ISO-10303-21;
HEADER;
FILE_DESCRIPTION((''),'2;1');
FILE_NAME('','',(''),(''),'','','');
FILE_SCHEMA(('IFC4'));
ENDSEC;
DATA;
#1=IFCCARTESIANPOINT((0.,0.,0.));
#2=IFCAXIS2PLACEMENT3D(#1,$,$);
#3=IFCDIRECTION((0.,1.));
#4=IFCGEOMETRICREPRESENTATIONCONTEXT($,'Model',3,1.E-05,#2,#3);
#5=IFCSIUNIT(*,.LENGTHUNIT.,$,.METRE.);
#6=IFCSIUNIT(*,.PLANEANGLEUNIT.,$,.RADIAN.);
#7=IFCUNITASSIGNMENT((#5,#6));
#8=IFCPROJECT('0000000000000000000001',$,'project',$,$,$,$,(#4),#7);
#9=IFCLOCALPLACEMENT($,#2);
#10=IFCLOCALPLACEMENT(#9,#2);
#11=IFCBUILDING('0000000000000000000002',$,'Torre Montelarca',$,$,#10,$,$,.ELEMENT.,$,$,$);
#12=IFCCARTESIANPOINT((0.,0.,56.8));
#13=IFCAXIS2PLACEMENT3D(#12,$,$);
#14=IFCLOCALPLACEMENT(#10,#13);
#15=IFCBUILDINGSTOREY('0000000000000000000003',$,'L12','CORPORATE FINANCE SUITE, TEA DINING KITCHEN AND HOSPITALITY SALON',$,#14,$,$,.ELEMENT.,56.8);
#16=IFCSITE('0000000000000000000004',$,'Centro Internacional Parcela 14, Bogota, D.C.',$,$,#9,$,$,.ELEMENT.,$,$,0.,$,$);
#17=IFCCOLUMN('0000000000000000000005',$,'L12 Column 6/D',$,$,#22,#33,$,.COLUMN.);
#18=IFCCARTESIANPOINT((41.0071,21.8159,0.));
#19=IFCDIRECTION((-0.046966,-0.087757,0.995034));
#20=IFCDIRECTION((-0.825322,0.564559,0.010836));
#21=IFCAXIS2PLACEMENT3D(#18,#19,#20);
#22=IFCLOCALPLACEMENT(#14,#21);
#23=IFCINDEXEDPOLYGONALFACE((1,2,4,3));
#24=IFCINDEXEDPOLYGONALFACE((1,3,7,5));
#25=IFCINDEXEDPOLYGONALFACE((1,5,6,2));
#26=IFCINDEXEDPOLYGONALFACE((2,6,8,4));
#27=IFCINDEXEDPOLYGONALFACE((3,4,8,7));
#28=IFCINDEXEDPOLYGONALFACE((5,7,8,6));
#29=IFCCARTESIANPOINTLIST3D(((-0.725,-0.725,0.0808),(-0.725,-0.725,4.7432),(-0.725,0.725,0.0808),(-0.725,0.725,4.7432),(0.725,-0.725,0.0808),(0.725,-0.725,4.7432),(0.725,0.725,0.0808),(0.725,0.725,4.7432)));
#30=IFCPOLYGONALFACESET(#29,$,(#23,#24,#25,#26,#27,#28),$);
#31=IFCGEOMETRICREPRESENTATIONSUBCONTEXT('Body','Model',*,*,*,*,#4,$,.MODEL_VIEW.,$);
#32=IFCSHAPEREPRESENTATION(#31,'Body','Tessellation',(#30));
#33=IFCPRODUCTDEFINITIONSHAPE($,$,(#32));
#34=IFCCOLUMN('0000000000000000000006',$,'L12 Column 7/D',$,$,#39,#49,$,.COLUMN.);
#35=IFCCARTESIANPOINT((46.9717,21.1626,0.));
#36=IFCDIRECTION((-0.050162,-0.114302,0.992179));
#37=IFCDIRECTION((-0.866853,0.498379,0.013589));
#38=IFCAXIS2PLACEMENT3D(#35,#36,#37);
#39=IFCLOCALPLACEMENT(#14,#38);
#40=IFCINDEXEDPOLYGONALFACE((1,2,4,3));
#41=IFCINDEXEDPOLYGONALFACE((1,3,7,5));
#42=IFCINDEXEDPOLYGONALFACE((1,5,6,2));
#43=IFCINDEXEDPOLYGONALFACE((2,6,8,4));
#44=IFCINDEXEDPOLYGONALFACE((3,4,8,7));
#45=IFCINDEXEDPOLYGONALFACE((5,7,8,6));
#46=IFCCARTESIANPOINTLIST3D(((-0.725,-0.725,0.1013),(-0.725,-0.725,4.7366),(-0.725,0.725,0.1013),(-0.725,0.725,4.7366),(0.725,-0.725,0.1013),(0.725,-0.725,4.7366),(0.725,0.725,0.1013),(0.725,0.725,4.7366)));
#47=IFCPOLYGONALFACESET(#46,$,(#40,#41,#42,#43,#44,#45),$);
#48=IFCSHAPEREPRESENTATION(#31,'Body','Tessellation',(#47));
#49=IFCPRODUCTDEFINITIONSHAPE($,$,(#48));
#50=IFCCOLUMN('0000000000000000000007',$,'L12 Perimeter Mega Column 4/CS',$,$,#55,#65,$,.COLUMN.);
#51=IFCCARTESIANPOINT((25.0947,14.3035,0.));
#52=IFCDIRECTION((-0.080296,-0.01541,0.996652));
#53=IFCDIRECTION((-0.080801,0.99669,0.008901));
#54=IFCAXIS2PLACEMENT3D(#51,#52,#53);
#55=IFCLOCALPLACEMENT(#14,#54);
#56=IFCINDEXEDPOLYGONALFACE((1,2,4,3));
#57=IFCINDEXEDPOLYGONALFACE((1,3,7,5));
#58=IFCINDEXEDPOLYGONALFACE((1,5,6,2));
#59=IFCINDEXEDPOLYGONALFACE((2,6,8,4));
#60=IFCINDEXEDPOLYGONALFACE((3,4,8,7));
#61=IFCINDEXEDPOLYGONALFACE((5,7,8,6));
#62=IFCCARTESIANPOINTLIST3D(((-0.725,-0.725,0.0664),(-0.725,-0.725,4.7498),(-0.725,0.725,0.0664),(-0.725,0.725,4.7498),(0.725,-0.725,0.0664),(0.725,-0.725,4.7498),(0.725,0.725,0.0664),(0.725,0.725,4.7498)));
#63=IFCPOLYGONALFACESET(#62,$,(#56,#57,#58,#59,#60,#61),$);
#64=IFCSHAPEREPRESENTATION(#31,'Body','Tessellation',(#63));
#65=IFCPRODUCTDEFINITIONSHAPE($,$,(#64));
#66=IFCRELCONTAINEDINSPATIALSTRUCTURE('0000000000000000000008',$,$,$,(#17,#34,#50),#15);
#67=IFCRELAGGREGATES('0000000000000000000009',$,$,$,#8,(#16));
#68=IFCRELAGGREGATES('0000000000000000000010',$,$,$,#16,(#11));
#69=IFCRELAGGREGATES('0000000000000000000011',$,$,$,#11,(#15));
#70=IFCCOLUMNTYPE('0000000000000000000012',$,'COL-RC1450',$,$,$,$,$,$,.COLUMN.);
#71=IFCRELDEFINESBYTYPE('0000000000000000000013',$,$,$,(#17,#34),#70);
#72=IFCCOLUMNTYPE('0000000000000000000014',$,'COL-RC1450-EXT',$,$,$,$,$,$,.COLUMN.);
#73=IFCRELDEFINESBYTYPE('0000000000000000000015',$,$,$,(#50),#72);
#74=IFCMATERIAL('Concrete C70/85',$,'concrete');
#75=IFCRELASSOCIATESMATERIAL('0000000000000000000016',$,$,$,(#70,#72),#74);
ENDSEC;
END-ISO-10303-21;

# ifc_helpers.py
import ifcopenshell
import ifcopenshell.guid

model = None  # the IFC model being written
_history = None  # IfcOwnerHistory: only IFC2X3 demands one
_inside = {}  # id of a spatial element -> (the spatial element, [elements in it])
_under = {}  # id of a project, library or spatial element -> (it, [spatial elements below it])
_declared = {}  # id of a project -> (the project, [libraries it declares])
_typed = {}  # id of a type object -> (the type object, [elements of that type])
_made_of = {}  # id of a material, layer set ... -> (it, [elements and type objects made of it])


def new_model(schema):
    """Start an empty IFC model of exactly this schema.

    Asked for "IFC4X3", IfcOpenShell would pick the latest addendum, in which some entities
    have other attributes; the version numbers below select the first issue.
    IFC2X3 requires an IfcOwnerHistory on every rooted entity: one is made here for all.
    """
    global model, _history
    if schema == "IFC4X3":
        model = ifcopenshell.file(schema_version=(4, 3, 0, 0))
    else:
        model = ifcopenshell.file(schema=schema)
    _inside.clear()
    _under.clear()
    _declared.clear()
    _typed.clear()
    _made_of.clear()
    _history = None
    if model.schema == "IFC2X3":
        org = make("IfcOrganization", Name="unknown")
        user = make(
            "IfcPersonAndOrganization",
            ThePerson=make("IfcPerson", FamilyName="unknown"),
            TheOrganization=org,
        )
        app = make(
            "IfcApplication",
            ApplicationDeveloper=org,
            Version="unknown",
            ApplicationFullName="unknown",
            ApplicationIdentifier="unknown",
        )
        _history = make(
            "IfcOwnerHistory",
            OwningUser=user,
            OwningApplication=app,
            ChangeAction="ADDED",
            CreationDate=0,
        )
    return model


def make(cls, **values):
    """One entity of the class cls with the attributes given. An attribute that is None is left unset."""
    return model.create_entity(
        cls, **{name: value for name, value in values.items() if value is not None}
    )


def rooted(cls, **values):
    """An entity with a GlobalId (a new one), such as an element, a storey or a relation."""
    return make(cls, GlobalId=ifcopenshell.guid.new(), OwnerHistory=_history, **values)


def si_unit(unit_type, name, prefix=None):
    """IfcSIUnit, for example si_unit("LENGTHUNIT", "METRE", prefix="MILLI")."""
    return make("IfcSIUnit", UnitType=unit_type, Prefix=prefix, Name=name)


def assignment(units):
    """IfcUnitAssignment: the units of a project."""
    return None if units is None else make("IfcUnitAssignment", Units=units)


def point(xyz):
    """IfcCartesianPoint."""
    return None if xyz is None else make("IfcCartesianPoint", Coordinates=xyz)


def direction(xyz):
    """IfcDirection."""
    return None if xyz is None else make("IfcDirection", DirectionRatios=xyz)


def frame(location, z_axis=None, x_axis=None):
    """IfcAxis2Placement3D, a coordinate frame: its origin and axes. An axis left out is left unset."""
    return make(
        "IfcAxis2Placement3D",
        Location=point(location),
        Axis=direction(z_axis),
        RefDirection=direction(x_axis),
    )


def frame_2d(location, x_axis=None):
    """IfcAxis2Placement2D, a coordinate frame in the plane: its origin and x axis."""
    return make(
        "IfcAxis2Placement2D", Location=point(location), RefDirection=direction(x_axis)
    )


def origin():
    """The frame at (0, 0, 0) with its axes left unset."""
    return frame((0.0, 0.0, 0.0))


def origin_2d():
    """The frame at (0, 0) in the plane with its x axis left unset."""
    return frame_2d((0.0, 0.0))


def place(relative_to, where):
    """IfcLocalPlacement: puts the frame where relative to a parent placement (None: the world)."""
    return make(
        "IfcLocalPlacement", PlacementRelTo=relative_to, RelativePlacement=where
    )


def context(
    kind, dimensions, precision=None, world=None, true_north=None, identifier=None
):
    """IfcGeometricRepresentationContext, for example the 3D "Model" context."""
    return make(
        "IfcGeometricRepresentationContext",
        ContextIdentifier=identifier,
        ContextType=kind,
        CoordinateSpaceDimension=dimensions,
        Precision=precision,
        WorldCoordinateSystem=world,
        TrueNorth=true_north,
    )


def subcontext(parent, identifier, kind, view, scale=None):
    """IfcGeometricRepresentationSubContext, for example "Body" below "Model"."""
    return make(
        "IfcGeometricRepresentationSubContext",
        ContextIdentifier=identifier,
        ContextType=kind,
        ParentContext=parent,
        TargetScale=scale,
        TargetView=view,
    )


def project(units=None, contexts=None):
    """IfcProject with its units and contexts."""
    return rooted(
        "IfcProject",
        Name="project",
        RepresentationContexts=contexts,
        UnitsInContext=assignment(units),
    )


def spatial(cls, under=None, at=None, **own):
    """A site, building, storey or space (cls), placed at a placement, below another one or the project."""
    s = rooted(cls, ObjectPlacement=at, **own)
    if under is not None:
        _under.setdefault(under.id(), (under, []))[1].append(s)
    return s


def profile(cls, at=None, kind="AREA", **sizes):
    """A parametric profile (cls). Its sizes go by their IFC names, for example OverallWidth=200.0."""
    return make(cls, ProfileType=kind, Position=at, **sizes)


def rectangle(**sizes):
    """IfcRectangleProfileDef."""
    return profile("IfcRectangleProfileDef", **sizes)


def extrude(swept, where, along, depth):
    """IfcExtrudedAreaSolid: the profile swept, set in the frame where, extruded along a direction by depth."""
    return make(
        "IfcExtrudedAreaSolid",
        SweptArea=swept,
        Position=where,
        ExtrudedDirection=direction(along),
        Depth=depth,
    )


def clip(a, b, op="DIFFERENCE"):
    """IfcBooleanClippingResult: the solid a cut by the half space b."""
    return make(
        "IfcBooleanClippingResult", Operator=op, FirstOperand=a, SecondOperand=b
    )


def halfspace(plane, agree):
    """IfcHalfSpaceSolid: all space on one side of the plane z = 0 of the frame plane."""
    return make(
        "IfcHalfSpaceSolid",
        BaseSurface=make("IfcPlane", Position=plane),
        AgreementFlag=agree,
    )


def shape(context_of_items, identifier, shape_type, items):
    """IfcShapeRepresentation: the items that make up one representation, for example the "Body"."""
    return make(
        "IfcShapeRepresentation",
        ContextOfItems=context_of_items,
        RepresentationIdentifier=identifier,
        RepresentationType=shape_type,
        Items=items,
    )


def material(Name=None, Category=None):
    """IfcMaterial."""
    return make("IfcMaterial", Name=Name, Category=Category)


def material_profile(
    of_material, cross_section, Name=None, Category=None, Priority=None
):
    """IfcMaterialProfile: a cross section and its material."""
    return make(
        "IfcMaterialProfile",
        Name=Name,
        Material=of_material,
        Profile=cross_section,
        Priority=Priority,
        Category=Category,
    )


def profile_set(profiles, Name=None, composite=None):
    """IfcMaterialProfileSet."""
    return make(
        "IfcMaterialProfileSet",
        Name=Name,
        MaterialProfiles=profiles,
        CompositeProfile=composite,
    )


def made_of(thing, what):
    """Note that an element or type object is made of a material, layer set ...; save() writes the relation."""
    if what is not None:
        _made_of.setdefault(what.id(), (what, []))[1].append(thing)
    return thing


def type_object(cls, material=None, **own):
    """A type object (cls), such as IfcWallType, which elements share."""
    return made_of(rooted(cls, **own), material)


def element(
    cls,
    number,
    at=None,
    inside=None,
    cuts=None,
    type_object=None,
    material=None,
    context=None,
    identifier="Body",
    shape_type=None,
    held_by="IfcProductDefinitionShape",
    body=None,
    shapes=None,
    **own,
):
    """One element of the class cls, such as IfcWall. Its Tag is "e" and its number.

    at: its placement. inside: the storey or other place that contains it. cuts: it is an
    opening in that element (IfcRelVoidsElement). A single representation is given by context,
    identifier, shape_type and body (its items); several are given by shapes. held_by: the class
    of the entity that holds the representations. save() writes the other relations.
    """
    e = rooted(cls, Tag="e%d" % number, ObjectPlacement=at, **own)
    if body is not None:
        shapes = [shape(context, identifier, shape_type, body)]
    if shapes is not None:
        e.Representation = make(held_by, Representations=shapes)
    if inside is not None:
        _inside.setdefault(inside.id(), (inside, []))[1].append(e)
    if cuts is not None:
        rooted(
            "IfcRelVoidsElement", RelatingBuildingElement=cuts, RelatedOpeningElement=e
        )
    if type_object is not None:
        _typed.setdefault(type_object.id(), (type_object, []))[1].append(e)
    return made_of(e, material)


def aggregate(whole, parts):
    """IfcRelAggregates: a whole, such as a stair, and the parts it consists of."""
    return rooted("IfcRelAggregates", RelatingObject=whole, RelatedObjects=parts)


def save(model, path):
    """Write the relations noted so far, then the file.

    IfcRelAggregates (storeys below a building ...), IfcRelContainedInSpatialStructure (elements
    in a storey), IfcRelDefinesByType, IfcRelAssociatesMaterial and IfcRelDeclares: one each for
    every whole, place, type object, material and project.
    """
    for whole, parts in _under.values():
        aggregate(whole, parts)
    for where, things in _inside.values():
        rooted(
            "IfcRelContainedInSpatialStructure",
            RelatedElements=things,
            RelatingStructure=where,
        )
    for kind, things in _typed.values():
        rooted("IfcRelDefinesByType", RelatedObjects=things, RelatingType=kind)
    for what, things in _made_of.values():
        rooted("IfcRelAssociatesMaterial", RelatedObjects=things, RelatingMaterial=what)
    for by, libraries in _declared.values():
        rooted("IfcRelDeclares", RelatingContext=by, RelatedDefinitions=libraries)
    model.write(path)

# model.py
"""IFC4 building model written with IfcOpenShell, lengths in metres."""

from ifc_helpers import new_model, si_unit, direction, frame, origin, origin_2d, place, context, subcontext, project, spatial, rectangle, extrude, clip, halfspace, material, material_profile, profile_set, type_object, element, save


model = new_model("IFC4")

# Units and contexts
model_context = context("Model", 3, precision=1e-05, world=origin(), true_north=direction((0.0, 1.0)))
body_context = subcontext(model_context, "Body", "Model", "MODEL_VIEW")
ifc_project = project(units=[si_unit("LENGTHUNIT", "METRE"), si_unit("PLANEANGLEUNIT", "RADIAN")], contexts=[model_context])

# Site, building, storey
site_placement = place(None, origin())
site = spatial("IfcSite", under=ifc_project, at=site_placement, Name="Centro Internacional Parcela 14, Bogota, D.C.", CompositionType="ELEMENT", RefElevation=0.0)
building_placement = place(site_placement, origin())
building = spatial("IfcBuilding", under=site, at=building_placement, Name="Torre Montelarca", CompositionType="ELEMENT")
storey_placement = place(building_placement, frame((0.0, 0.0, 56.8)))
storey = spatial("IfcBuildingStorey", under=building, at=storey_placement, Name="L12", Description="CORPORATE FINANCE SUITE, TEA DINING KITCHEN AND HOSPITALITY SALON", CompositionType="ELEMENT", Elevation=56.8)

# Columns
ifc_material_1 = material(Name="Concrete C70/85", Category="concrete")
ifc_material_profile_1 = material_profile(ifc_material_1, rectangle(XDim=1.45, YDim=1.45, at=origin_2d()), Name="RC1450X1450", Category="concrete")
ifc_profile_set_1 = profile_set([ifc_material_profile_1], Name="Concrete C70/85")
column_type_1 = type_object("IfcColumnType", Name="COL-RC1450", PredefinedType="COLUMN", material=ifc_profile_set_1)
column_1_placement = place(storey_placement, frame((41.0071, 21.8159, 0.0), z_axis=(-0.046966, -0.087757, 0.995034), x_axis=(-0.825322, 0.564559, 0.010836)))
element("IfcColumn", 1, at=column_1_placement, inside=storey, type_object=column_type_1, Name="L12 Column 6/D", PredefinedType="COLUMN", context=body_context, shape_type="Clipping", body=[
    clip(clip(extrude(rectangle(XDim=1.45, YDim=1.45, at=origin_2d()), origin(), (0.0, 0.0, 1.0), 4.824), halfspace(frame((0.0, 0.0, 0.0808), z_axis=(0.0, 0.0, -1.0), x_axis=(1.0, 0.0, 0.0)), False)), halfspace(frame((0.0, 0.0, 4.7432), z_axis=(0.0, 0.0, 1.0), x_axis=(1.0, 0.0, 0.0)), False)),
])
column_2_placement = place(storey_placement, frame((46.9717, 21.1626, 0.0), z_axis=(-0.050162, -0.114302, 0.992179), x_axis=(-0.866853, 0.498379, 0.013589)))
element("IfcColumn", 2, at=column_2_placement, inside=storey, type_object=column_type_1, Name="L12 Column 7/D", PredefinedType="COLUMN", context=body_context, shape_type="Clipping", body=[
    clip(clip(extrude(rectangle(XDim=1.45, YDim=1.45, at=origin_2d()), origin(), (0.0, 0.0, 1.0), 4.8379), halfspace(frame((0.0, 0.0, 0.1013), z_axis=(0.0, 0.0, -1.0), x_axis=(1.0, 0.0, 0.0)), False)), halfspace(frame((0.0, 0.0, 4.7366), z_axis=(0.0, 0.0, 1.0), x_axis=(1.0, 0.0, 0.0)), False)),
])
ifc_material_profile_2 = material_profile(ifc_material_1, rectangle(XDim=1.45, YDim=1.45, at=origin_2d()), Name="RC1450X1450", Category="concrete")
ifc_profile_set_2 = profile_set([ifc_material_profile_2], Name="Concrete C70/85")
column_type_2 = type_object("IfcColumnType", Name="COL-RC1450-EXT", PredefinedType="COLUMN", material=ifc_profile_set_2)
column_3_placement = place(storey_placement, frame((25.0947, 14.3035, 0.0), z_axis=(-0.080296, -0.01541, 0.996652), x_axis=(-0.080801, 0.99669, 0.008901)))
element("IfcColumn", 3, at=column_3_placement, inside=storey, type_object=column_type_2, Name="L12 Perimeter Mega Column 4/CS", PredefinedType="COLUMN", context=body_context, shape_type="Clipping", body=[
    clip(clip(extrude(rectangle(XDim=1.45, YDim=1.45, at=origin_2d()), origin(), (0.0, 0.0, 1.0), 4.8162), halfspace(frame((0.0, 0.0, 0.0664), z_axis=(0.0, 0.0, -1.0), x_axis=(1.0, 0.0, 0.0)), False)), halfspace(frame((0.0, 0.0, 4.7498), z_axis=(0.0, 0.0, 1.0), x_axis=(1.0, 0.0, 0.0)), False)),
])

save(model, "model.ifc")
